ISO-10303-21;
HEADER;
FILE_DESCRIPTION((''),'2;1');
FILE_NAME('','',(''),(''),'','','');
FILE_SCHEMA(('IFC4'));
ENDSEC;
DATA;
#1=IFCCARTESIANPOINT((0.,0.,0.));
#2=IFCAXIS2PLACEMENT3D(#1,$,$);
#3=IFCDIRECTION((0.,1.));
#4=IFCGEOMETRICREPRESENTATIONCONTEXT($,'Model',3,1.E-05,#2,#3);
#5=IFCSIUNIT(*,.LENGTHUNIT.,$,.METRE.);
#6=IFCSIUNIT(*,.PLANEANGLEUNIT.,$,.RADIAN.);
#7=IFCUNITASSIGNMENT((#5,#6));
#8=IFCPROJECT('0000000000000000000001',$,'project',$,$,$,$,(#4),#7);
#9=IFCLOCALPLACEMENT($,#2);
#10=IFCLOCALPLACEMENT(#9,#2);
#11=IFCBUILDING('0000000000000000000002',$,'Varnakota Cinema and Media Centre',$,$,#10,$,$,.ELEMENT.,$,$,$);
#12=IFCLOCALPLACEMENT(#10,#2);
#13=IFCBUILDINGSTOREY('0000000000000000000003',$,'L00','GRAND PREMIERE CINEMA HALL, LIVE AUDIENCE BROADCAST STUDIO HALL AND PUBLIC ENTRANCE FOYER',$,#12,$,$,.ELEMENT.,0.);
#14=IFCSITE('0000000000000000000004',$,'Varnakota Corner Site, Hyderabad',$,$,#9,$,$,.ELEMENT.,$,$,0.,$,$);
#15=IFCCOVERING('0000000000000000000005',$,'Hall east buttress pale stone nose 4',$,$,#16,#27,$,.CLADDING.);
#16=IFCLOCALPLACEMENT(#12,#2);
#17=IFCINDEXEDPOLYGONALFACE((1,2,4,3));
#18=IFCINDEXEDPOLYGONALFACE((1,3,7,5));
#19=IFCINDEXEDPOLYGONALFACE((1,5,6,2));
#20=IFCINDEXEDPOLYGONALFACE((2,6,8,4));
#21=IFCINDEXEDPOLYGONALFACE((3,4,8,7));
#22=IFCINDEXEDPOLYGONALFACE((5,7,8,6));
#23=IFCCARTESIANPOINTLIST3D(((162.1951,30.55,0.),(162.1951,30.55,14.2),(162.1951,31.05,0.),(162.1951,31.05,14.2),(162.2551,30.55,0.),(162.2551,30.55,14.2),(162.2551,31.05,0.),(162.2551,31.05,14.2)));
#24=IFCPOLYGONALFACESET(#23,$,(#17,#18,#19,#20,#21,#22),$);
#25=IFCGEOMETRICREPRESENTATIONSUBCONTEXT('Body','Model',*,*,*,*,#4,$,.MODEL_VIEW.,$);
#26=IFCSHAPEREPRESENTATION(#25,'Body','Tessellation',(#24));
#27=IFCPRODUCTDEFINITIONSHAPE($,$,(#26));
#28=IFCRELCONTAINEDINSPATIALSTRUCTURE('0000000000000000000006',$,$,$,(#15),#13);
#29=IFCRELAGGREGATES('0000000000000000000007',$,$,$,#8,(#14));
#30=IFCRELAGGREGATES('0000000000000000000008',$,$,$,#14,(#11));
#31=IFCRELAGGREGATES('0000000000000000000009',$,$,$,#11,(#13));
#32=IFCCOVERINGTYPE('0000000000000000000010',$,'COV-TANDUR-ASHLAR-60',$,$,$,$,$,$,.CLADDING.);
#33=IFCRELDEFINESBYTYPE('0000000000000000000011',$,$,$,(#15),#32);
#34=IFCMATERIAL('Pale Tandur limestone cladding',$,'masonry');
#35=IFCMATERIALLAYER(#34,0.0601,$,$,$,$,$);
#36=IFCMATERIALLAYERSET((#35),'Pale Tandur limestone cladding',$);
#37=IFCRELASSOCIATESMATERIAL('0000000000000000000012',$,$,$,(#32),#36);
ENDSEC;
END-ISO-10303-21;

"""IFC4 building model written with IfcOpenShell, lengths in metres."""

from ifc_helpers import new_model, si_unit, direction, frame, origin, origin_2d, place, context, subcontext, project, spatial, rectangle, extrude, material, layer, layer_set, type_object, element, save


model = new_model("IFC4")

# Units and contexts
model_context = context("Model", 3, precision=1e-05, world=origin(), true_north=direction((0.0, 1.0)))
body_context = subcontext(model_context, "Body", "Model", "MODEL_VIEW")
ifc_project = project(units=[si_unit("LENGTHUNIT", "METRE"), si_unit("PLANEANGLEUNIT", "RADIAN")], contexts=[model_context])

# Site, building, storey
site_placement = place(None, origin())
site = spatial("IfcSite", under=ifc_project, at=site_placement, Name="Varnakota Corner Site, Hyderabad", CompositionType="ELEMENT", RefElevation=0.0)
building_placement = place(site_placement, origin())
building = spatial("IfcBuilding", under=site, at=building_placement, Name="Varnakota Cinema and Media Centre", CompositionType="ELEMENT")
storey_placement = place(building_placement, origin())
storey = spatial("IfcBuildingStorey", under=building, at=storey_placement, Name="L00", Description="GRAND PREMIERE CINEMA HALL, LIVE AUDIENCE BROADCAST STUDIO HALL AND PUBLIC ENTRANCE FOYER", CompositionType="ELEMENT", Elevation=0.0)

# Covering
ifc_material_1 = material(Name="Pale Tandur limestone cladding", Category="masonry")
ifc_layer_1 = layer(ifc_material_1, 0.0601)
ifc_layer_set_1 = layer_set([ifc_layer_1], Name="Pale Tandur limestone cladding")
covering_type = type_object("IfcCoveringType", Name="COV-TANDUR-ASHLAR-60", PredefinedType="CLADDING", material=ifc_layer_set_1)
covering_placement = place(storey_placement, frame((162.2251, 30.8, 0.0), z_axis=(0.0, 0.0, 1.0), x_axis=(1.0, 0.0, 0.0)))
element("IfcCovering", 1, at=covering_placement, inside=storey, type_object=covering_type, Name="Hall east buttress pale stone nose 4", PredefinedType="CLADDING", context=body_context, shape_type="SweptSolid", body=[
    extrude(rectangle(XDim=0.0601, YDim=0.5, at=origin_2d()), origin(), (0.0, 0.0, 1.0), 14.2),
])

save(model, "model.ifc")
